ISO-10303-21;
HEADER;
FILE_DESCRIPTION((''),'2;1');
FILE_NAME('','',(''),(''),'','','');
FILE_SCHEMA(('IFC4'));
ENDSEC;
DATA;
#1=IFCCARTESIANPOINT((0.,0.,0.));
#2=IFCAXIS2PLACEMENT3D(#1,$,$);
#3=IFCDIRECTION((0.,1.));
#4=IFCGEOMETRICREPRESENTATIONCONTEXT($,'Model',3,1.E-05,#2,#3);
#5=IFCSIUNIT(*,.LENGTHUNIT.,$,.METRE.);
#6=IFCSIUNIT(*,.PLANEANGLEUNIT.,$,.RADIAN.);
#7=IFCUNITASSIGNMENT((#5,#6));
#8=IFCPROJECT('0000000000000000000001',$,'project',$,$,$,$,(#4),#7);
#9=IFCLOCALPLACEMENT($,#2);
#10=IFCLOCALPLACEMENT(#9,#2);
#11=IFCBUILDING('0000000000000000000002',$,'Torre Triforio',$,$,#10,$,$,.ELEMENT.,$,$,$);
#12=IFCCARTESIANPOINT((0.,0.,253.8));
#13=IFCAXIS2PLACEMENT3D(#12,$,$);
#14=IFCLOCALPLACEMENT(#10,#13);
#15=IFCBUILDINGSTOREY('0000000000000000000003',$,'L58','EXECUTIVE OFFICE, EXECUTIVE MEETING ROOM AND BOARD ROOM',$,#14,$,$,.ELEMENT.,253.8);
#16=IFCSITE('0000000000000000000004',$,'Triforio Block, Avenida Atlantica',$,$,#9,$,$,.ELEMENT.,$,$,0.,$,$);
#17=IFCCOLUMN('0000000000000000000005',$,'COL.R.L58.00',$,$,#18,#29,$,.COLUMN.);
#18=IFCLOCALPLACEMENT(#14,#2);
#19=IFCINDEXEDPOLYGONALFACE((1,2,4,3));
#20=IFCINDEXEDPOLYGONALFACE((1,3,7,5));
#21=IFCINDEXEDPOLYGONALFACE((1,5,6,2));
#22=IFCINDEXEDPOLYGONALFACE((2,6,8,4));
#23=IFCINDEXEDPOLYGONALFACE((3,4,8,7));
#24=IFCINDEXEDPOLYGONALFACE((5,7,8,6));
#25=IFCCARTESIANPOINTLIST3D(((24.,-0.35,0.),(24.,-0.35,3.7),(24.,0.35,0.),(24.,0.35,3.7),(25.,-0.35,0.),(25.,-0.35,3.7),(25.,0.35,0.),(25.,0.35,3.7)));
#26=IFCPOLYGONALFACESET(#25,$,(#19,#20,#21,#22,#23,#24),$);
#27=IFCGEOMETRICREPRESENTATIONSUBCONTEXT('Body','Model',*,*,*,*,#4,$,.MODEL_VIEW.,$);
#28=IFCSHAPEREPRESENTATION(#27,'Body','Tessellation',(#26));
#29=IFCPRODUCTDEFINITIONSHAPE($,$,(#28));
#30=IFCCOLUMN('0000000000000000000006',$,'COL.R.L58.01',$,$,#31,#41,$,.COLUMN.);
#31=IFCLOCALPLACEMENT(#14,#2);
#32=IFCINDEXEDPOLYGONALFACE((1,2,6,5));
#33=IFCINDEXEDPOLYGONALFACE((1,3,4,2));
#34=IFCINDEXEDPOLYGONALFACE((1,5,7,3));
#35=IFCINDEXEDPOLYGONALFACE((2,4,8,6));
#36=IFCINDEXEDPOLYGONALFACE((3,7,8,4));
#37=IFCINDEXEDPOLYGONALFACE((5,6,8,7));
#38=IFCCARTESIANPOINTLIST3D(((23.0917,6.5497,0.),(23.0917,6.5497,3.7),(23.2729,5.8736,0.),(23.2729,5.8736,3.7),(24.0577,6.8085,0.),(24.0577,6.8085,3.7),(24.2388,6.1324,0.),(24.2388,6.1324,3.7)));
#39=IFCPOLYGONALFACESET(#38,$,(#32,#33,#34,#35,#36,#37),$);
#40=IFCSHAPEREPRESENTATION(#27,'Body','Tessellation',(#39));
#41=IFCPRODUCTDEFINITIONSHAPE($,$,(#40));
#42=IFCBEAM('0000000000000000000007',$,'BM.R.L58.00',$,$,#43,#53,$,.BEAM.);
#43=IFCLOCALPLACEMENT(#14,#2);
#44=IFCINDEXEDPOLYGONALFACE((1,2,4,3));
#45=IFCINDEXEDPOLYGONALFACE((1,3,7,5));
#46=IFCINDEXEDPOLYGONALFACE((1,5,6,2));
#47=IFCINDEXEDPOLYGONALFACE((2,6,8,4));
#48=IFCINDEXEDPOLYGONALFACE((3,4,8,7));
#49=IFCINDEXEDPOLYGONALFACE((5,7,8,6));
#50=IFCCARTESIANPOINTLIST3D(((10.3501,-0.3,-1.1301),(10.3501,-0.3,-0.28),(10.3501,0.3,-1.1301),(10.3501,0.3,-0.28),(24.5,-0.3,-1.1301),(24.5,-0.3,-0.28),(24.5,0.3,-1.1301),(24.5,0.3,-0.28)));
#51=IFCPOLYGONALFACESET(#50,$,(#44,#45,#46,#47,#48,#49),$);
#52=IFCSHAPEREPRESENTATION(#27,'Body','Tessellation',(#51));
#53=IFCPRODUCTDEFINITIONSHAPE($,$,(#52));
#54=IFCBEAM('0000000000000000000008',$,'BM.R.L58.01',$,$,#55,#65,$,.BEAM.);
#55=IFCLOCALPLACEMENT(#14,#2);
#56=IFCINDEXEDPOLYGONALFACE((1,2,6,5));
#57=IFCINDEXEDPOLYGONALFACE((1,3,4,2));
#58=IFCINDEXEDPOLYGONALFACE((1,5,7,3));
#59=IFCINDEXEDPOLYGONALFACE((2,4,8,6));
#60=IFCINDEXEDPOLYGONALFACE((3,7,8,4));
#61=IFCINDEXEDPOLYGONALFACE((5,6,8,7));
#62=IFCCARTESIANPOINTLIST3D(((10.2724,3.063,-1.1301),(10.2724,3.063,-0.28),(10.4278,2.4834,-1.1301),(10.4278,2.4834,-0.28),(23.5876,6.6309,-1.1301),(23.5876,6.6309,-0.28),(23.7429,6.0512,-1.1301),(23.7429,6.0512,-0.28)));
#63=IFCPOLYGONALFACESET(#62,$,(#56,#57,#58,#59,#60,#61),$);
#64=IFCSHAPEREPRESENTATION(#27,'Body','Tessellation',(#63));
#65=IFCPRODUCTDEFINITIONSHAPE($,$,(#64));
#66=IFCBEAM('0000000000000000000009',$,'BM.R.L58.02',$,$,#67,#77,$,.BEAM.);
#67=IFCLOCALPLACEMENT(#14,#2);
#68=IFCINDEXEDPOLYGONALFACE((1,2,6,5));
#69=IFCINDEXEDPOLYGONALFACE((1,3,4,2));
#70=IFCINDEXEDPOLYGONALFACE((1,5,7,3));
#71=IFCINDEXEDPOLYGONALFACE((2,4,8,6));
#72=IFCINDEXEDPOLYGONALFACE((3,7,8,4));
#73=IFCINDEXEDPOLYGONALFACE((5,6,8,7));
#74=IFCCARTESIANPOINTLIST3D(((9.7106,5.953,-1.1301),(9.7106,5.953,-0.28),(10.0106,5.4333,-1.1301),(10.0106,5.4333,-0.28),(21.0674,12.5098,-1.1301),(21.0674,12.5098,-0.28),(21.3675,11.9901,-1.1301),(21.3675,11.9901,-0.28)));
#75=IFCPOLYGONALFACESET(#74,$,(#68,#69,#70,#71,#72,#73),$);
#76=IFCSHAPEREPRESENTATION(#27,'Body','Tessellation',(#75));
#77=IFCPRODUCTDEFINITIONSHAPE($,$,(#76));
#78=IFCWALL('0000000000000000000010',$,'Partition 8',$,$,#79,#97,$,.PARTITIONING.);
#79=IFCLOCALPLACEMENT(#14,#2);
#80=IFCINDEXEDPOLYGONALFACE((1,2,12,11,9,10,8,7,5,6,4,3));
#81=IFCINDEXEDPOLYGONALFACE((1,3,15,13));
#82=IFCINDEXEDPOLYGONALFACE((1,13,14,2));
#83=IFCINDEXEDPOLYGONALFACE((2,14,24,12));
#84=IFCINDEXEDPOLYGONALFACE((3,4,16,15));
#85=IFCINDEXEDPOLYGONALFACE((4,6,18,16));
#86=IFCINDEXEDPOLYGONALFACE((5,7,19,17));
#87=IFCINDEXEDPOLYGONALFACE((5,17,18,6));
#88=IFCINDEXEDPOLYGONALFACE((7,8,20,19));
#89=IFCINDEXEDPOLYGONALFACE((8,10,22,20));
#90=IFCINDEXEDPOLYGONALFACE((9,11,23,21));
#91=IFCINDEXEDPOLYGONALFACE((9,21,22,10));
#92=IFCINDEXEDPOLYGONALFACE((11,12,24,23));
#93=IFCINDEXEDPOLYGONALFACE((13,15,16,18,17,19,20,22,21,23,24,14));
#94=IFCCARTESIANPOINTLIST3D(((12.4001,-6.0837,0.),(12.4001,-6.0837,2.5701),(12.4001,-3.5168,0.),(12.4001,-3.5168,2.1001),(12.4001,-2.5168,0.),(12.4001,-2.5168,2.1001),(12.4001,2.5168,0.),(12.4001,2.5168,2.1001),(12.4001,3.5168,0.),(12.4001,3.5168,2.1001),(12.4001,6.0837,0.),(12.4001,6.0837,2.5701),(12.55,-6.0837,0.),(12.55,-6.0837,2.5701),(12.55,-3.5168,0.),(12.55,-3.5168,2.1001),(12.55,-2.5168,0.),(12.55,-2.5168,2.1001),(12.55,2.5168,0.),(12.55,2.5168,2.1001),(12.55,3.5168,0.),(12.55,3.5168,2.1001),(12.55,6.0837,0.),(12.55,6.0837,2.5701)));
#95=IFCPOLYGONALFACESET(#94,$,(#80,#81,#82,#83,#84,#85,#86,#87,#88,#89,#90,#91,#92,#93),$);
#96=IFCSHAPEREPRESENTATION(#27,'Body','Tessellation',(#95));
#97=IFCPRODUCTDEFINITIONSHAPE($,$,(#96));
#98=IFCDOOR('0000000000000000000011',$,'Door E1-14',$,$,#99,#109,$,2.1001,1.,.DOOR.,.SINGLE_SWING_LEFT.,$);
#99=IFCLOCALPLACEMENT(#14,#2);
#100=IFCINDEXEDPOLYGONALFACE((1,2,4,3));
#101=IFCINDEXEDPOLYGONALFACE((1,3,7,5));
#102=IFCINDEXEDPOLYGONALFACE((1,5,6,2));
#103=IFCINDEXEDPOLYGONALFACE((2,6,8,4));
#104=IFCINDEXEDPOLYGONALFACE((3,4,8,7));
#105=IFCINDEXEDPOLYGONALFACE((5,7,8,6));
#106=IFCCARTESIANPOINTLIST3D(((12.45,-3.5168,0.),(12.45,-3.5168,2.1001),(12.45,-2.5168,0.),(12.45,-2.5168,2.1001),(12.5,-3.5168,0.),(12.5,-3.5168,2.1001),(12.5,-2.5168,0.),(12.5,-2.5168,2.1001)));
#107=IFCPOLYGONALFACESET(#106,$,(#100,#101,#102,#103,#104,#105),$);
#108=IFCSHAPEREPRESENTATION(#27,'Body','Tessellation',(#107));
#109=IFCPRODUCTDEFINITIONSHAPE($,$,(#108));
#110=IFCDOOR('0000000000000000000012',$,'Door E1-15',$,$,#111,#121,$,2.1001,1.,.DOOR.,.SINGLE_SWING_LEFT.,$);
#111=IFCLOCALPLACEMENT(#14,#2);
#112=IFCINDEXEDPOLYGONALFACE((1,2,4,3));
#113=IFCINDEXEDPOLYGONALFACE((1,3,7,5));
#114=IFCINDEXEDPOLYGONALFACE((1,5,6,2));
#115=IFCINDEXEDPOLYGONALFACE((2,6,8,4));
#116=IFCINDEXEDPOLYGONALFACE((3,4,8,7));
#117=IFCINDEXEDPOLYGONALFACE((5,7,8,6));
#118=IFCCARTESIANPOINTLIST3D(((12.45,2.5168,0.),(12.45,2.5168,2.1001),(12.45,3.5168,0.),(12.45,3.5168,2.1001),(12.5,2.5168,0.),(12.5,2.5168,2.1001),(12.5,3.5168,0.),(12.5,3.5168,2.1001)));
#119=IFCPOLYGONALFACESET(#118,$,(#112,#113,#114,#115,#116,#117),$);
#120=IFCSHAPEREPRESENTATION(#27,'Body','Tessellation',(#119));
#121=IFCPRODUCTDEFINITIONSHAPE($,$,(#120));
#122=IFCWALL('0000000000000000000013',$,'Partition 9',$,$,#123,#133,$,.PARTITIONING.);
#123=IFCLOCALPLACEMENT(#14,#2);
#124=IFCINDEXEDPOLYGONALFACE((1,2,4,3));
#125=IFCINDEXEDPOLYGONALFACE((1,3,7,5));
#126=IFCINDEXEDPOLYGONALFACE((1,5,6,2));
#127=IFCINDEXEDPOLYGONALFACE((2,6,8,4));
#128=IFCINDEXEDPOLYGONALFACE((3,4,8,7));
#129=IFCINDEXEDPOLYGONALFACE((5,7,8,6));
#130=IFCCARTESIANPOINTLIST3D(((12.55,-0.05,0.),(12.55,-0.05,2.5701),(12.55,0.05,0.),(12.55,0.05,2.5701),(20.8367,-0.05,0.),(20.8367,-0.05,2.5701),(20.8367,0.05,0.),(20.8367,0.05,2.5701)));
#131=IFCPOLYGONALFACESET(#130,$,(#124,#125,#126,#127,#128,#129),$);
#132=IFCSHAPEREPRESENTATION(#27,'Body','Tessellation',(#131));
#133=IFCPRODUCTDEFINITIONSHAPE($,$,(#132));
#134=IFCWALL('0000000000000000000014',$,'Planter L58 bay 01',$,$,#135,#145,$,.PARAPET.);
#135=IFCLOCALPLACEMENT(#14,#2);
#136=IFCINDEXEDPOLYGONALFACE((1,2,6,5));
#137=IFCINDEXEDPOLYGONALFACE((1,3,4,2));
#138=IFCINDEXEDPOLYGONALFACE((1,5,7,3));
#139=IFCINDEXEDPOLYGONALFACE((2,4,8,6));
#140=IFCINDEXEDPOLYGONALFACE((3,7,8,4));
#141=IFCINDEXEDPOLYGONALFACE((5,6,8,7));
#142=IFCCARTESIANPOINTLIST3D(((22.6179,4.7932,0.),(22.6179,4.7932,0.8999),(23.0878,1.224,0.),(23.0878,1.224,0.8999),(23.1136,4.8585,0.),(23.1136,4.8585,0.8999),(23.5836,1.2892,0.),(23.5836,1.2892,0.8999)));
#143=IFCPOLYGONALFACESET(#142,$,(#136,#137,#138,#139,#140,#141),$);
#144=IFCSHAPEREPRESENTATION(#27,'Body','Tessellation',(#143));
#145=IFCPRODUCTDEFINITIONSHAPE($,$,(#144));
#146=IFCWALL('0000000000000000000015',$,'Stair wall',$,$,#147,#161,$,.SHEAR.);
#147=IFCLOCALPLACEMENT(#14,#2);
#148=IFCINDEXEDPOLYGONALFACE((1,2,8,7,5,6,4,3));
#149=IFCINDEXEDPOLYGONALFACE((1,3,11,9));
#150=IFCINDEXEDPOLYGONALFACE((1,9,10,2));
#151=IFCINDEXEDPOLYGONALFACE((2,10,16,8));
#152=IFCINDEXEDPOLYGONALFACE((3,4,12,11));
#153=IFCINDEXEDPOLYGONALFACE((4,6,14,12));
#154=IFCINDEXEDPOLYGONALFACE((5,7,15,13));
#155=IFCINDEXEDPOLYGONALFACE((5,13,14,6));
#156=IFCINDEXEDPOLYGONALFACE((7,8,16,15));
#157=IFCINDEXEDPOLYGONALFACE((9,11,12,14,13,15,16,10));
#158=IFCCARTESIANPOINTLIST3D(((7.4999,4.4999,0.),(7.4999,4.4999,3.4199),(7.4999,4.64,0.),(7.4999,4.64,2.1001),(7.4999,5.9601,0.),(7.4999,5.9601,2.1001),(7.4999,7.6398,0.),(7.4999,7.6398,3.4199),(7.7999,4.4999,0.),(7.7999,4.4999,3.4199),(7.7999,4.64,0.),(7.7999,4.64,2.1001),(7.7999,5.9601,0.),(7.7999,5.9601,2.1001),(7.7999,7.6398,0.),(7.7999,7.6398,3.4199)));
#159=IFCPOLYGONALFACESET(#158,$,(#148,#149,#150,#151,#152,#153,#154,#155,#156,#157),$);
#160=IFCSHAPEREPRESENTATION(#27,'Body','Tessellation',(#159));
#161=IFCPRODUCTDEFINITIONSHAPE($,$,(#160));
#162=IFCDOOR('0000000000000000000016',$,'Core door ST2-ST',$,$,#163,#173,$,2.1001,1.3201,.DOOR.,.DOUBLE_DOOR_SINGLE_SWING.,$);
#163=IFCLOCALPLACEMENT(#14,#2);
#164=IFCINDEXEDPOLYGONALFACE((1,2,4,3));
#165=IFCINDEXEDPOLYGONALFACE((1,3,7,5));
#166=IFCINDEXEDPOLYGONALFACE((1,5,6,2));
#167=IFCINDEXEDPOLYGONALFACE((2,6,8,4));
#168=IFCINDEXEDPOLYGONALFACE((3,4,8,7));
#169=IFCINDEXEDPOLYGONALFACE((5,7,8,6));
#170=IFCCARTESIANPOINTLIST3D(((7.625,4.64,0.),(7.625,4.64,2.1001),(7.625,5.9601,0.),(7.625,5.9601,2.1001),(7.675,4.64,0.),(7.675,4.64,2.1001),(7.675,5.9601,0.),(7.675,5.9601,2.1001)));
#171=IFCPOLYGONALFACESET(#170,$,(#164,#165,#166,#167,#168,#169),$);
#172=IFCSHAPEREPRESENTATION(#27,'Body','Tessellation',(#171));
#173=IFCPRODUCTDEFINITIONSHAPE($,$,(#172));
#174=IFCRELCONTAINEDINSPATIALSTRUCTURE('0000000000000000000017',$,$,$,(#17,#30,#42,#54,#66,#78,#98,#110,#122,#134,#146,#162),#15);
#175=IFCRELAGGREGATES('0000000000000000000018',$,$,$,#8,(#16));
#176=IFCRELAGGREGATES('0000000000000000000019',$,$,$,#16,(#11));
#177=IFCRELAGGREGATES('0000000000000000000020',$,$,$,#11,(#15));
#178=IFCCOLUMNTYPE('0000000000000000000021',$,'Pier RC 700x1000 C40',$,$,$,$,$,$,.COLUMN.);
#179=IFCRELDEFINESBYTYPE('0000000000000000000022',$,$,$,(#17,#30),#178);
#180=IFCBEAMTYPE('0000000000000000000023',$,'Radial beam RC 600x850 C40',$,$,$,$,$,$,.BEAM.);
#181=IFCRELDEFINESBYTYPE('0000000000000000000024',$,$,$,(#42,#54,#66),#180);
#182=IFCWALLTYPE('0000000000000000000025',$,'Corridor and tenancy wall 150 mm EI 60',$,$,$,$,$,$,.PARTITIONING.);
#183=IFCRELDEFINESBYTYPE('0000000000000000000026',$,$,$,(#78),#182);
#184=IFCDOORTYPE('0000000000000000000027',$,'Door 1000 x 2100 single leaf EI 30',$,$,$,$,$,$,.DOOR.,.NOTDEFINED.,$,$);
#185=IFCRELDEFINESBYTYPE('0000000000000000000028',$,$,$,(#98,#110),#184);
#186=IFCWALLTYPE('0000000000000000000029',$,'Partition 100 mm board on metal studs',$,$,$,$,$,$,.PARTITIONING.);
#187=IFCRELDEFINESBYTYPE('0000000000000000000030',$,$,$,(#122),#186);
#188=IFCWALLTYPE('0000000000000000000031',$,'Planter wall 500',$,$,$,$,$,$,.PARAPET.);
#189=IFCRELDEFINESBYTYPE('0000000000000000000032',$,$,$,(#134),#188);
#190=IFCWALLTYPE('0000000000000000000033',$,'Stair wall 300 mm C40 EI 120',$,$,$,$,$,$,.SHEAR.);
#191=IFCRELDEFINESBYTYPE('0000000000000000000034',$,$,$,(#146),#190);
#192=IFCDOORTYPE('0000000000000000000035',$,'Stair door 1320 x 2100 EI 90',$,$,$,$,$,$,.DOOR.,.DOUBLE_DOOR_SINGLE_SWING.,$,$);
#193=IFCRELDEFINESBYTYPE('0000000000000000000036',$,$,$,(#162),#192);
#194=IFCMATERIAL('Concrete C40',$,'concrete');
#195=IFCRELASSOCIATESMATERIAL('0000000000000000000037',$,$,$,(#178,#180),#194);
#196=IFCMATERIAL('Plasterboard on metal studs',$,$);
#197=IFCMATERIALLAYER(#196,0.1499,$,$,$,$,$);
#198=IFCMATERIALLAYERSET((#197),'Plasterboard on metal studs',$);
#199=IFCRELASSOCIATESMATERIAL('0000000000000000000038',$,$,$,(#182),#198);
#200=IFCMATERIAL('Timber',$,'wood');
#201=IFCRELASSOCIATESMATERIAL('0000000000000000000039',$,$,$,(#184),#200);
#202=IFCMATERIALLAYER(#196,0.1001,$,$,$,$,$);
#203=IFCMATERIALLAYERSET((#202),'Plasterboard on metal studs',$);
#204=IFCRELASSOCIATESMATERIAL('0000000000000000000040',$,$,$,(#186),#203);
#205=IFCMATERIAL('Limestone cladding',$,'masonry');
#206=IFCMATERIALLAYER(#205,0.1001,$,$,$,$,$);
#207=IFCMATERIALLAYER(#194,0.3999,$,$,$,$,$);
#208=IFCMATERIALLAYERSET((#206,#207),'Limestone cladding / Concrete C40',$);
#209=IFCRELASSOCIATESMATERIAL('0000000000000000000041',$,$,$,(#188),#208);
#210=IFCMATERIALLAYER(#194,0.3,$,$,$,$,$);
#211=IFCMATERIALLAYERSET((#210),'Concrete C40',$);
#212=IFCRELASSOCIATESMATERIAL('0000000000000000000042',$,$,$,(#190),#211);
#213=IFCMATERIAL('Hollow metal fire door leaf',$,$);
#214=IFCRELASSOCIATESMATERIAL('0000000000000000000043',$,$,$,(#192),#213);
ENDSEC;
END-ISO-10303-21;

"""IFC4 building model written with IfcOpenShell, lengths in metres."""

from ifc_helpers import new_model, si_unit, direction, frame, frame_2d, origin, origin_2d, place, context, subcontext, project, spatial, rectangle, extrude, material, layer, layer_set, material_profile, profile_set, type_object, element, fill, save


model = new_model("IFC4")

# Units and contexts
model_context = context("Model", 3, precision=1e-05, world=origin(), true_north=direction((0.0, 1.0)))
body_context = subcontext(model_context, "Body", "Model", "MODEL_VIEW")
ifc_project = project(units=[si_unit("LENGTHUNIT", "METRE"), si_unit("PLANEANGLEUNIT", "RADIAN")], contexts=[model_context])

# Site, building, storey
site_placement = place(None, origin())
site = spatial("IfcSite", under=ifc_project, at=site_placement, Name="Triforio Block, Avenida Atlantica", CompositionType="ELEMENT", RefElevation=0.0)
building_placement = place(site_placement, origin())
building = spatial("IfcBuilding", under=site, at=building_placement, Name="Torre Triforio", CompositionType="ELEMENT")
storey_placement = place(building_placement, frame((0.0, 0.0, 253.8)))
storey = spatial("IfcBuildingStorey", under=building, at=storey_placement, Name="L58", Description="EXECUTIVE OFFICE, EXECUTIVE MEETING ROOM AND BOARD ROOM", CompositionType="ELEMENT", Elevation=253.8)

# Columns
ifc_material_1 = material(Name="Concrete C40", Category="concrete")
ifc_material_profile_1 = material_profile(ifc_material_1, rectangle(XDim=0.7, YDim=1.0, at=origin_2d()), Name="RC 700x1000")
ifc_profile_set_1 = profile_set([ifc_material_profile_1], Name="Concrete C40")
column_type = type_object("IfcColumnType", Name="Pier RC 700x1000 C40", PredefinedType="COLUMN", material=ifc_profile_set_1)
for number, where, z_axis, x_axis, name in (
    (1, (24.5, 0.0, 0.0), (0.0, 0.0, 1.0), (0.0, 1.0, 0.0), "COL.R.L58.00"),
    (2, (23.6653, 6.3411, 0.0), (0.0, 0.0, 1.0), (-0.258819, 0.965926, 0.0), "COL.R.L58.01"),
):
    element("IfcColumn", number, at=place(storey_placement, frame(where, z_axis=z_axis, x_axis=x_axis)), inside=storey, type_object=column_type, Name=name, PredefinedType="COLUMN", context=body_context, shape_type="SweptSolid", body=[
        extrude(rectangle(XDim=0.7, YDim=1.0, at=origin_2d()), origin(), (0.0, 0.0, 1.0), 3.7),
    ])

# Beams
ifc_material_profile_2 = material_profile(ifc_material_1, rectangle(XDim=0.6001, YDim=0.8501, at=origin_2d()), Name="RC 600x850")
ifc_profile_set_2 = profile_set([ifc_material_profile_2], Name="Concrete C40")
beam_type = type_object("IfcBeamType", Name="Radial beam RC 600x850 C40", PredefinedType="BEAM", material=ifc_profile_set_2)
beam_1_placement = place(storey_placement, frame((10.3501, 0.0, -0.7051), z_axis=(1.0, 0.0, 0.0), x_axis=(0.0, 1.0, 0.0)))
element("IfcBeam", 3, at=beam_1_placement, inside=storey, type_object=beam_type, Name="BM.R.L58.00", PredefinedType="BEAM", context=body_context, shape_type="SweptSolid", body=[
    extrude(rectangle(XDim=0.6001, YDim=0.8501, at=origin_2d()), origin(), (0.0, 0.0, 1.0), 14.1499),
])
beam_2_placement = place(storey_placement, frame((10.3501, 2.7732, -0.7051), z_axis=(0.965924, 0.258824, 0.0), x_axis=(-0.258824, 0.965924, 0.0)))
element("IfcBeam", 4, at=beam_2_placement, inside=storey, type_object=beam_type, Name="BM.R.L58.01", PredefinedType="BEAM", context=body_context, shape_type="SweptSolid", body=[
    extrude(rectangle(XDim=0.6001, YDim=0.8501, at=origin_2d()), origin(), (0.0, 0.0, 1.0), 13.7849),
])
beam_3_placement = place(storey_placement, frame((9.8606, 5.6931, -0.7051), z_axis=(0.866027, 0.499997, 0.0), x_axis=(-0.499997, 0.866027, 0.0)))
element("IfcBeam", 5, at=beam_3_placement, inside=storey, type_object=beam_type, Name="BM.R.L58.02", PredefinedType="BEAM", context=body_context, shape_type="SweptSolid", body=[
    extrude(rectangle(XDim=0.6001, YDim=0.8501, at=origin_2d()), origin(), (0.0, 0.0, 1.0), 13.1138),
])

# Wall, openings, doors
ifc_material_2 = material(Name="Plasterboard on metal studs")
ifc_layer_1 = layer(ifc_material_2, 0.1499)
ifc_layer_set_1 = layer_set([ifc_layer_1], Name="Plasterboard on metal studs")
wall_type_1 = type_object("IfcWallType", Name="Corridor and tenancy wall 150 mm EI 60", PredefinedType="PARTITIONING", material=ifc_layer_set_1)
wall_1_placement = place(storey_placement, frame((12.4751, 6.0837, 0.0), z_axis=(0.0, 0.0, 1.0), x_axis=(0.0, -1.0, 0.0)))
wall_1 = element("IfcWall", 6, at=wall_1_placement, inside=storey, type_object=wall_type_1, Name="Partition 8", PredefinedType="PARTITIONING", context=body_context, shape_type="SweptSolid", body=[
    extrude(rectangle(XDim=12.1675, YDim=0.1499, at=frame_2d((6.0837, 0.0))), origin(), (0.0, 0.0, 1.0), 2.5701),
])
opening_1_placement = place(wall_1_placement, frame((8.6006, 0.0, 0.0)))
opening_1 = element("IfcOpeningElement", 7, at=opening_1_placement, cuts=wall_1, PredefinedType="OPENING", context=body_context, shape_type="SweptSolid", body=[
    extrude(rectangle(XDim=1.0, YDim=2.1001, at=frame_2d((0.5, 1.05))), frame((0.0, 0.085, 0.0), z_axis=(0.0, -1.0, 0.0), x_axis=(1.0, 0.0, 0.0)), (0.0, 0.0, 1.0), 0.1699),
])
opening_2_placement = place(wall_1_placement, frame((2.5669, 0.0, 0.0)))
opening_2 = element("IfcOpeningElement", 8, at=opening_2_placement, cuts=wall_1, PredefinedType="OPENING", context=body_context, shape_type="SweptSolid", body=[
    extrude(rectangle(XDim=1.0, YDim=2.1001, at=frame_2d((0.5, 1.05))), frame((0.0, 0.085, 0.0), z_axis=(0.0, -1.0, 0.0), x_axis=(1.0, 0.0, 0.0)), (0.0, 0.0, 1.0), 0.1699),
])
ifc_material_3 = material(Name="Timber", Category="wood")
door_type_1 = type_object("IfcDoorType", Name="Door 1000 x 2100 single leaf EI 30", OperationType="NOTDEFINED", PredefinedType="DOOR", material=ifc_material_3)
door_1_placement = place(opening_1_placement, origin())
door_1 = element("IfcDoor", 9, at=door_1_placement, inside=storey, type_object=door_type_1, Name="Door E1-14", OperationType="SINGLE_SWING_LEFT", OverallHeight=2.1001, OverallWidth=1.0, PredefinedType="DOOR", context=body_context, shape_type="SweptSolid", body=[
    extrude(rectangle(XDim=1.0, YDim=2.1001, at=frame_2d((0.5, 1.05))), frame((0.0, 0.0249, 0.0), z_axis=(0.0, -1.0, 0.0), x_axis=(1.0, 0.0, 0.0)), (0.0, 0.0, 1.0), 0.05),
])
fill(opening_1, door_1)
door_2_placement = place(opening_2_placement, origin())
door_2 = element("IfcDoor", 10, at=door_2_placement, inside=storey, type_object=door_type_1, Name="Door E1-15", OperationType="SINGLE_SWING_LEFT", OverallHeight=2.1001, OverallWidth=1.0, PredefinedType="DOOR", context=body_context, shape_type="SweptSolid", body=[
    extrude(rectangle(XDim=1.0, YDim=2.1001, at=frame_2d((0.5, 1.05))), frame((0.0, 0.0249, 0.0), z_axis=(0.0, -1.0, 0.0), x_axis=(1.0, 0.0, 0.0)), (0.0, 0.0, 1.0), 0.05),
])
fill(opening_2, door_2)

# Walls
ifc_layer_2 = layer(ifc_material_2, 0.1001)
ifc_layer_set_2 = layer_set([ifc_layer_2], Name="Plasterboard on metal studs")
wall_type_2 = type_object("IfcWallType", Name="Partition 100 mm board on metal studs", PredefinedType="PARTITIONING", material=ifc_layer_set_2)
wall_2_placement = place(storey_placement, frame((12.55, 0.0, 0.0), z_axis=(0.0, 0.0, 1.0), x_axis=(1.0, 0.0, 0.0)))
element("IfcWall", 11, at=wall_2_placement, inside=storey, type_object=wall_type_2, Name="Partition 9", PredefinedType="PARTITIONING", context=body_context, shape_type="SweptSolid", body=[
    extrude(rectangle(XDim=8.2866, YDim=0.1001, at=frame_2d((4.1433, 0.0))), origin(), (0.0, 0.0, 1.0), 2.5701),
])
ifc_material_4 = material(Name="Limestone cladding", Category="masonry")
ifc_layer_3 = layer(ifc_material_4, 0.1001)
ifc_layer_4 = layer(ifc_material_1, 0.3999)
ifc_layer_set_3 = layer_set([ifc_layer_3, ifc_layer_4], Name="Limestone cladding / Concrete C40")
wall_type_3 = type_object("IfcWallType", Name="Planter wall 500", PredefinedType="PARAPET", material=ifc_layer_set_3)
wall_3_placement = place(storey_placement, frame((23.3357, 1.2566, 0.0), z_axis=(0.0, 0.0, 1.0), x_axis=(-0.130542, 0.991443, 0.0)))
element("IfcWall", 12, at=wall_3_placement, inside=storey, type_object=wall_type_3, Name="Planter L58 bay 01", PredefinedType="PARAPET", context=body_context, shape_type="SweptSolid", body=[
    extrude(rectangle(XDim=3.6001, YDim=0.5, at=frame_2d((1.8, 0.0))), origin(), (0.0, 0.0, 1.0), 0.8999),
])

# Wall, opening, door
ifc_layer_5 = layer(ifc_material_1, 0.3)
ifc_layer_set_4 = layer_set([ifc_layer_5], Name="Concrete C40")
wall_type_4 = type_object("IfcWallType", Name="Stair wall 300 mm C40 EI 120", PredefinedType="SHEAR", material=ifc_layer_set_4)
wall_4_placement = place(storey_placement, frame((7.6499, 4.5, 0.0), z_axis=(0.0, 0.0, 1.0), x_axis=(0.0, 1.0, 0.0)))
wall_4 = element("IfcWall", 13, at=wall_4_placement, inside=storey, type_object=wall_type_4, Name="Stair wall", PredefinedType="SHEAR", context=body_context, shape_type="SweptSolid", body=[
    extrude(rectangle(XDim=3.1399, YDim=0.3, at=frame_2d((1.5698, 0.0))), origin(), (0.0, 0.0, 1.0), 3.4199),
])
opening_3_placement = place(wall_4_placement, frame((0.1399, 0.0, 0.0)))
opening_3 = element("IfcOpeningElement", 14, at=opening_3_placement, cuts=wall_4, PredefinedType="OPENING", context=body_context, shape_type="SweptSolid", body=[
    extrude(rectangle(XDim=1.3201, YDim=2.1001, at=frame_2d((0.6602, 1.05))), frame((0.0, 0.1599, 0.0), z_axis=(0.0, -1.0, 0.0), x_axis=(1.0, 0.0, 0.0)), (0.0, 0.0, 1.0), 0.3201),
])
ifc_material_5 = material(Name="Hollow metal fire door leaf")
door_type_2 = type_object("IfcDoorType", Name="Stair door 1320 x 2100 EI 90", OperationType="DOUBLE_DOOR_SINGLE_SWING", PredefinedType="DOOR", material=ifc_material_5)
door_3_placement = place(opening_3_placement, origin())
door_3 = element("IfcDoor", 15, at=door_3_placement, inside=storey, type_object=door_type_2, Name="Core door ST2-ST", OperationType="DOUBLE_DOOR_SINGLE_SWING", OverallHeight=2.1001, OverallWidth=1.3201, PredefinedType="DOOR", context=body_context, shape_type="SweptSolid", body=[
    extrude(rectangle(XDim=1.3201, YDim=2.1001, at=frame_2d((0.6602, 1.05))), frame((0.0, 0.0249, 0.0), z_axis=(0.0, -1.0, 0.0), x_axis=(1.0, 0.0, 0.0)), (0.0, 0.0, 1.0), 0.05),
])
fill(opening_3, door_3)

save(model, "model.ifc")
